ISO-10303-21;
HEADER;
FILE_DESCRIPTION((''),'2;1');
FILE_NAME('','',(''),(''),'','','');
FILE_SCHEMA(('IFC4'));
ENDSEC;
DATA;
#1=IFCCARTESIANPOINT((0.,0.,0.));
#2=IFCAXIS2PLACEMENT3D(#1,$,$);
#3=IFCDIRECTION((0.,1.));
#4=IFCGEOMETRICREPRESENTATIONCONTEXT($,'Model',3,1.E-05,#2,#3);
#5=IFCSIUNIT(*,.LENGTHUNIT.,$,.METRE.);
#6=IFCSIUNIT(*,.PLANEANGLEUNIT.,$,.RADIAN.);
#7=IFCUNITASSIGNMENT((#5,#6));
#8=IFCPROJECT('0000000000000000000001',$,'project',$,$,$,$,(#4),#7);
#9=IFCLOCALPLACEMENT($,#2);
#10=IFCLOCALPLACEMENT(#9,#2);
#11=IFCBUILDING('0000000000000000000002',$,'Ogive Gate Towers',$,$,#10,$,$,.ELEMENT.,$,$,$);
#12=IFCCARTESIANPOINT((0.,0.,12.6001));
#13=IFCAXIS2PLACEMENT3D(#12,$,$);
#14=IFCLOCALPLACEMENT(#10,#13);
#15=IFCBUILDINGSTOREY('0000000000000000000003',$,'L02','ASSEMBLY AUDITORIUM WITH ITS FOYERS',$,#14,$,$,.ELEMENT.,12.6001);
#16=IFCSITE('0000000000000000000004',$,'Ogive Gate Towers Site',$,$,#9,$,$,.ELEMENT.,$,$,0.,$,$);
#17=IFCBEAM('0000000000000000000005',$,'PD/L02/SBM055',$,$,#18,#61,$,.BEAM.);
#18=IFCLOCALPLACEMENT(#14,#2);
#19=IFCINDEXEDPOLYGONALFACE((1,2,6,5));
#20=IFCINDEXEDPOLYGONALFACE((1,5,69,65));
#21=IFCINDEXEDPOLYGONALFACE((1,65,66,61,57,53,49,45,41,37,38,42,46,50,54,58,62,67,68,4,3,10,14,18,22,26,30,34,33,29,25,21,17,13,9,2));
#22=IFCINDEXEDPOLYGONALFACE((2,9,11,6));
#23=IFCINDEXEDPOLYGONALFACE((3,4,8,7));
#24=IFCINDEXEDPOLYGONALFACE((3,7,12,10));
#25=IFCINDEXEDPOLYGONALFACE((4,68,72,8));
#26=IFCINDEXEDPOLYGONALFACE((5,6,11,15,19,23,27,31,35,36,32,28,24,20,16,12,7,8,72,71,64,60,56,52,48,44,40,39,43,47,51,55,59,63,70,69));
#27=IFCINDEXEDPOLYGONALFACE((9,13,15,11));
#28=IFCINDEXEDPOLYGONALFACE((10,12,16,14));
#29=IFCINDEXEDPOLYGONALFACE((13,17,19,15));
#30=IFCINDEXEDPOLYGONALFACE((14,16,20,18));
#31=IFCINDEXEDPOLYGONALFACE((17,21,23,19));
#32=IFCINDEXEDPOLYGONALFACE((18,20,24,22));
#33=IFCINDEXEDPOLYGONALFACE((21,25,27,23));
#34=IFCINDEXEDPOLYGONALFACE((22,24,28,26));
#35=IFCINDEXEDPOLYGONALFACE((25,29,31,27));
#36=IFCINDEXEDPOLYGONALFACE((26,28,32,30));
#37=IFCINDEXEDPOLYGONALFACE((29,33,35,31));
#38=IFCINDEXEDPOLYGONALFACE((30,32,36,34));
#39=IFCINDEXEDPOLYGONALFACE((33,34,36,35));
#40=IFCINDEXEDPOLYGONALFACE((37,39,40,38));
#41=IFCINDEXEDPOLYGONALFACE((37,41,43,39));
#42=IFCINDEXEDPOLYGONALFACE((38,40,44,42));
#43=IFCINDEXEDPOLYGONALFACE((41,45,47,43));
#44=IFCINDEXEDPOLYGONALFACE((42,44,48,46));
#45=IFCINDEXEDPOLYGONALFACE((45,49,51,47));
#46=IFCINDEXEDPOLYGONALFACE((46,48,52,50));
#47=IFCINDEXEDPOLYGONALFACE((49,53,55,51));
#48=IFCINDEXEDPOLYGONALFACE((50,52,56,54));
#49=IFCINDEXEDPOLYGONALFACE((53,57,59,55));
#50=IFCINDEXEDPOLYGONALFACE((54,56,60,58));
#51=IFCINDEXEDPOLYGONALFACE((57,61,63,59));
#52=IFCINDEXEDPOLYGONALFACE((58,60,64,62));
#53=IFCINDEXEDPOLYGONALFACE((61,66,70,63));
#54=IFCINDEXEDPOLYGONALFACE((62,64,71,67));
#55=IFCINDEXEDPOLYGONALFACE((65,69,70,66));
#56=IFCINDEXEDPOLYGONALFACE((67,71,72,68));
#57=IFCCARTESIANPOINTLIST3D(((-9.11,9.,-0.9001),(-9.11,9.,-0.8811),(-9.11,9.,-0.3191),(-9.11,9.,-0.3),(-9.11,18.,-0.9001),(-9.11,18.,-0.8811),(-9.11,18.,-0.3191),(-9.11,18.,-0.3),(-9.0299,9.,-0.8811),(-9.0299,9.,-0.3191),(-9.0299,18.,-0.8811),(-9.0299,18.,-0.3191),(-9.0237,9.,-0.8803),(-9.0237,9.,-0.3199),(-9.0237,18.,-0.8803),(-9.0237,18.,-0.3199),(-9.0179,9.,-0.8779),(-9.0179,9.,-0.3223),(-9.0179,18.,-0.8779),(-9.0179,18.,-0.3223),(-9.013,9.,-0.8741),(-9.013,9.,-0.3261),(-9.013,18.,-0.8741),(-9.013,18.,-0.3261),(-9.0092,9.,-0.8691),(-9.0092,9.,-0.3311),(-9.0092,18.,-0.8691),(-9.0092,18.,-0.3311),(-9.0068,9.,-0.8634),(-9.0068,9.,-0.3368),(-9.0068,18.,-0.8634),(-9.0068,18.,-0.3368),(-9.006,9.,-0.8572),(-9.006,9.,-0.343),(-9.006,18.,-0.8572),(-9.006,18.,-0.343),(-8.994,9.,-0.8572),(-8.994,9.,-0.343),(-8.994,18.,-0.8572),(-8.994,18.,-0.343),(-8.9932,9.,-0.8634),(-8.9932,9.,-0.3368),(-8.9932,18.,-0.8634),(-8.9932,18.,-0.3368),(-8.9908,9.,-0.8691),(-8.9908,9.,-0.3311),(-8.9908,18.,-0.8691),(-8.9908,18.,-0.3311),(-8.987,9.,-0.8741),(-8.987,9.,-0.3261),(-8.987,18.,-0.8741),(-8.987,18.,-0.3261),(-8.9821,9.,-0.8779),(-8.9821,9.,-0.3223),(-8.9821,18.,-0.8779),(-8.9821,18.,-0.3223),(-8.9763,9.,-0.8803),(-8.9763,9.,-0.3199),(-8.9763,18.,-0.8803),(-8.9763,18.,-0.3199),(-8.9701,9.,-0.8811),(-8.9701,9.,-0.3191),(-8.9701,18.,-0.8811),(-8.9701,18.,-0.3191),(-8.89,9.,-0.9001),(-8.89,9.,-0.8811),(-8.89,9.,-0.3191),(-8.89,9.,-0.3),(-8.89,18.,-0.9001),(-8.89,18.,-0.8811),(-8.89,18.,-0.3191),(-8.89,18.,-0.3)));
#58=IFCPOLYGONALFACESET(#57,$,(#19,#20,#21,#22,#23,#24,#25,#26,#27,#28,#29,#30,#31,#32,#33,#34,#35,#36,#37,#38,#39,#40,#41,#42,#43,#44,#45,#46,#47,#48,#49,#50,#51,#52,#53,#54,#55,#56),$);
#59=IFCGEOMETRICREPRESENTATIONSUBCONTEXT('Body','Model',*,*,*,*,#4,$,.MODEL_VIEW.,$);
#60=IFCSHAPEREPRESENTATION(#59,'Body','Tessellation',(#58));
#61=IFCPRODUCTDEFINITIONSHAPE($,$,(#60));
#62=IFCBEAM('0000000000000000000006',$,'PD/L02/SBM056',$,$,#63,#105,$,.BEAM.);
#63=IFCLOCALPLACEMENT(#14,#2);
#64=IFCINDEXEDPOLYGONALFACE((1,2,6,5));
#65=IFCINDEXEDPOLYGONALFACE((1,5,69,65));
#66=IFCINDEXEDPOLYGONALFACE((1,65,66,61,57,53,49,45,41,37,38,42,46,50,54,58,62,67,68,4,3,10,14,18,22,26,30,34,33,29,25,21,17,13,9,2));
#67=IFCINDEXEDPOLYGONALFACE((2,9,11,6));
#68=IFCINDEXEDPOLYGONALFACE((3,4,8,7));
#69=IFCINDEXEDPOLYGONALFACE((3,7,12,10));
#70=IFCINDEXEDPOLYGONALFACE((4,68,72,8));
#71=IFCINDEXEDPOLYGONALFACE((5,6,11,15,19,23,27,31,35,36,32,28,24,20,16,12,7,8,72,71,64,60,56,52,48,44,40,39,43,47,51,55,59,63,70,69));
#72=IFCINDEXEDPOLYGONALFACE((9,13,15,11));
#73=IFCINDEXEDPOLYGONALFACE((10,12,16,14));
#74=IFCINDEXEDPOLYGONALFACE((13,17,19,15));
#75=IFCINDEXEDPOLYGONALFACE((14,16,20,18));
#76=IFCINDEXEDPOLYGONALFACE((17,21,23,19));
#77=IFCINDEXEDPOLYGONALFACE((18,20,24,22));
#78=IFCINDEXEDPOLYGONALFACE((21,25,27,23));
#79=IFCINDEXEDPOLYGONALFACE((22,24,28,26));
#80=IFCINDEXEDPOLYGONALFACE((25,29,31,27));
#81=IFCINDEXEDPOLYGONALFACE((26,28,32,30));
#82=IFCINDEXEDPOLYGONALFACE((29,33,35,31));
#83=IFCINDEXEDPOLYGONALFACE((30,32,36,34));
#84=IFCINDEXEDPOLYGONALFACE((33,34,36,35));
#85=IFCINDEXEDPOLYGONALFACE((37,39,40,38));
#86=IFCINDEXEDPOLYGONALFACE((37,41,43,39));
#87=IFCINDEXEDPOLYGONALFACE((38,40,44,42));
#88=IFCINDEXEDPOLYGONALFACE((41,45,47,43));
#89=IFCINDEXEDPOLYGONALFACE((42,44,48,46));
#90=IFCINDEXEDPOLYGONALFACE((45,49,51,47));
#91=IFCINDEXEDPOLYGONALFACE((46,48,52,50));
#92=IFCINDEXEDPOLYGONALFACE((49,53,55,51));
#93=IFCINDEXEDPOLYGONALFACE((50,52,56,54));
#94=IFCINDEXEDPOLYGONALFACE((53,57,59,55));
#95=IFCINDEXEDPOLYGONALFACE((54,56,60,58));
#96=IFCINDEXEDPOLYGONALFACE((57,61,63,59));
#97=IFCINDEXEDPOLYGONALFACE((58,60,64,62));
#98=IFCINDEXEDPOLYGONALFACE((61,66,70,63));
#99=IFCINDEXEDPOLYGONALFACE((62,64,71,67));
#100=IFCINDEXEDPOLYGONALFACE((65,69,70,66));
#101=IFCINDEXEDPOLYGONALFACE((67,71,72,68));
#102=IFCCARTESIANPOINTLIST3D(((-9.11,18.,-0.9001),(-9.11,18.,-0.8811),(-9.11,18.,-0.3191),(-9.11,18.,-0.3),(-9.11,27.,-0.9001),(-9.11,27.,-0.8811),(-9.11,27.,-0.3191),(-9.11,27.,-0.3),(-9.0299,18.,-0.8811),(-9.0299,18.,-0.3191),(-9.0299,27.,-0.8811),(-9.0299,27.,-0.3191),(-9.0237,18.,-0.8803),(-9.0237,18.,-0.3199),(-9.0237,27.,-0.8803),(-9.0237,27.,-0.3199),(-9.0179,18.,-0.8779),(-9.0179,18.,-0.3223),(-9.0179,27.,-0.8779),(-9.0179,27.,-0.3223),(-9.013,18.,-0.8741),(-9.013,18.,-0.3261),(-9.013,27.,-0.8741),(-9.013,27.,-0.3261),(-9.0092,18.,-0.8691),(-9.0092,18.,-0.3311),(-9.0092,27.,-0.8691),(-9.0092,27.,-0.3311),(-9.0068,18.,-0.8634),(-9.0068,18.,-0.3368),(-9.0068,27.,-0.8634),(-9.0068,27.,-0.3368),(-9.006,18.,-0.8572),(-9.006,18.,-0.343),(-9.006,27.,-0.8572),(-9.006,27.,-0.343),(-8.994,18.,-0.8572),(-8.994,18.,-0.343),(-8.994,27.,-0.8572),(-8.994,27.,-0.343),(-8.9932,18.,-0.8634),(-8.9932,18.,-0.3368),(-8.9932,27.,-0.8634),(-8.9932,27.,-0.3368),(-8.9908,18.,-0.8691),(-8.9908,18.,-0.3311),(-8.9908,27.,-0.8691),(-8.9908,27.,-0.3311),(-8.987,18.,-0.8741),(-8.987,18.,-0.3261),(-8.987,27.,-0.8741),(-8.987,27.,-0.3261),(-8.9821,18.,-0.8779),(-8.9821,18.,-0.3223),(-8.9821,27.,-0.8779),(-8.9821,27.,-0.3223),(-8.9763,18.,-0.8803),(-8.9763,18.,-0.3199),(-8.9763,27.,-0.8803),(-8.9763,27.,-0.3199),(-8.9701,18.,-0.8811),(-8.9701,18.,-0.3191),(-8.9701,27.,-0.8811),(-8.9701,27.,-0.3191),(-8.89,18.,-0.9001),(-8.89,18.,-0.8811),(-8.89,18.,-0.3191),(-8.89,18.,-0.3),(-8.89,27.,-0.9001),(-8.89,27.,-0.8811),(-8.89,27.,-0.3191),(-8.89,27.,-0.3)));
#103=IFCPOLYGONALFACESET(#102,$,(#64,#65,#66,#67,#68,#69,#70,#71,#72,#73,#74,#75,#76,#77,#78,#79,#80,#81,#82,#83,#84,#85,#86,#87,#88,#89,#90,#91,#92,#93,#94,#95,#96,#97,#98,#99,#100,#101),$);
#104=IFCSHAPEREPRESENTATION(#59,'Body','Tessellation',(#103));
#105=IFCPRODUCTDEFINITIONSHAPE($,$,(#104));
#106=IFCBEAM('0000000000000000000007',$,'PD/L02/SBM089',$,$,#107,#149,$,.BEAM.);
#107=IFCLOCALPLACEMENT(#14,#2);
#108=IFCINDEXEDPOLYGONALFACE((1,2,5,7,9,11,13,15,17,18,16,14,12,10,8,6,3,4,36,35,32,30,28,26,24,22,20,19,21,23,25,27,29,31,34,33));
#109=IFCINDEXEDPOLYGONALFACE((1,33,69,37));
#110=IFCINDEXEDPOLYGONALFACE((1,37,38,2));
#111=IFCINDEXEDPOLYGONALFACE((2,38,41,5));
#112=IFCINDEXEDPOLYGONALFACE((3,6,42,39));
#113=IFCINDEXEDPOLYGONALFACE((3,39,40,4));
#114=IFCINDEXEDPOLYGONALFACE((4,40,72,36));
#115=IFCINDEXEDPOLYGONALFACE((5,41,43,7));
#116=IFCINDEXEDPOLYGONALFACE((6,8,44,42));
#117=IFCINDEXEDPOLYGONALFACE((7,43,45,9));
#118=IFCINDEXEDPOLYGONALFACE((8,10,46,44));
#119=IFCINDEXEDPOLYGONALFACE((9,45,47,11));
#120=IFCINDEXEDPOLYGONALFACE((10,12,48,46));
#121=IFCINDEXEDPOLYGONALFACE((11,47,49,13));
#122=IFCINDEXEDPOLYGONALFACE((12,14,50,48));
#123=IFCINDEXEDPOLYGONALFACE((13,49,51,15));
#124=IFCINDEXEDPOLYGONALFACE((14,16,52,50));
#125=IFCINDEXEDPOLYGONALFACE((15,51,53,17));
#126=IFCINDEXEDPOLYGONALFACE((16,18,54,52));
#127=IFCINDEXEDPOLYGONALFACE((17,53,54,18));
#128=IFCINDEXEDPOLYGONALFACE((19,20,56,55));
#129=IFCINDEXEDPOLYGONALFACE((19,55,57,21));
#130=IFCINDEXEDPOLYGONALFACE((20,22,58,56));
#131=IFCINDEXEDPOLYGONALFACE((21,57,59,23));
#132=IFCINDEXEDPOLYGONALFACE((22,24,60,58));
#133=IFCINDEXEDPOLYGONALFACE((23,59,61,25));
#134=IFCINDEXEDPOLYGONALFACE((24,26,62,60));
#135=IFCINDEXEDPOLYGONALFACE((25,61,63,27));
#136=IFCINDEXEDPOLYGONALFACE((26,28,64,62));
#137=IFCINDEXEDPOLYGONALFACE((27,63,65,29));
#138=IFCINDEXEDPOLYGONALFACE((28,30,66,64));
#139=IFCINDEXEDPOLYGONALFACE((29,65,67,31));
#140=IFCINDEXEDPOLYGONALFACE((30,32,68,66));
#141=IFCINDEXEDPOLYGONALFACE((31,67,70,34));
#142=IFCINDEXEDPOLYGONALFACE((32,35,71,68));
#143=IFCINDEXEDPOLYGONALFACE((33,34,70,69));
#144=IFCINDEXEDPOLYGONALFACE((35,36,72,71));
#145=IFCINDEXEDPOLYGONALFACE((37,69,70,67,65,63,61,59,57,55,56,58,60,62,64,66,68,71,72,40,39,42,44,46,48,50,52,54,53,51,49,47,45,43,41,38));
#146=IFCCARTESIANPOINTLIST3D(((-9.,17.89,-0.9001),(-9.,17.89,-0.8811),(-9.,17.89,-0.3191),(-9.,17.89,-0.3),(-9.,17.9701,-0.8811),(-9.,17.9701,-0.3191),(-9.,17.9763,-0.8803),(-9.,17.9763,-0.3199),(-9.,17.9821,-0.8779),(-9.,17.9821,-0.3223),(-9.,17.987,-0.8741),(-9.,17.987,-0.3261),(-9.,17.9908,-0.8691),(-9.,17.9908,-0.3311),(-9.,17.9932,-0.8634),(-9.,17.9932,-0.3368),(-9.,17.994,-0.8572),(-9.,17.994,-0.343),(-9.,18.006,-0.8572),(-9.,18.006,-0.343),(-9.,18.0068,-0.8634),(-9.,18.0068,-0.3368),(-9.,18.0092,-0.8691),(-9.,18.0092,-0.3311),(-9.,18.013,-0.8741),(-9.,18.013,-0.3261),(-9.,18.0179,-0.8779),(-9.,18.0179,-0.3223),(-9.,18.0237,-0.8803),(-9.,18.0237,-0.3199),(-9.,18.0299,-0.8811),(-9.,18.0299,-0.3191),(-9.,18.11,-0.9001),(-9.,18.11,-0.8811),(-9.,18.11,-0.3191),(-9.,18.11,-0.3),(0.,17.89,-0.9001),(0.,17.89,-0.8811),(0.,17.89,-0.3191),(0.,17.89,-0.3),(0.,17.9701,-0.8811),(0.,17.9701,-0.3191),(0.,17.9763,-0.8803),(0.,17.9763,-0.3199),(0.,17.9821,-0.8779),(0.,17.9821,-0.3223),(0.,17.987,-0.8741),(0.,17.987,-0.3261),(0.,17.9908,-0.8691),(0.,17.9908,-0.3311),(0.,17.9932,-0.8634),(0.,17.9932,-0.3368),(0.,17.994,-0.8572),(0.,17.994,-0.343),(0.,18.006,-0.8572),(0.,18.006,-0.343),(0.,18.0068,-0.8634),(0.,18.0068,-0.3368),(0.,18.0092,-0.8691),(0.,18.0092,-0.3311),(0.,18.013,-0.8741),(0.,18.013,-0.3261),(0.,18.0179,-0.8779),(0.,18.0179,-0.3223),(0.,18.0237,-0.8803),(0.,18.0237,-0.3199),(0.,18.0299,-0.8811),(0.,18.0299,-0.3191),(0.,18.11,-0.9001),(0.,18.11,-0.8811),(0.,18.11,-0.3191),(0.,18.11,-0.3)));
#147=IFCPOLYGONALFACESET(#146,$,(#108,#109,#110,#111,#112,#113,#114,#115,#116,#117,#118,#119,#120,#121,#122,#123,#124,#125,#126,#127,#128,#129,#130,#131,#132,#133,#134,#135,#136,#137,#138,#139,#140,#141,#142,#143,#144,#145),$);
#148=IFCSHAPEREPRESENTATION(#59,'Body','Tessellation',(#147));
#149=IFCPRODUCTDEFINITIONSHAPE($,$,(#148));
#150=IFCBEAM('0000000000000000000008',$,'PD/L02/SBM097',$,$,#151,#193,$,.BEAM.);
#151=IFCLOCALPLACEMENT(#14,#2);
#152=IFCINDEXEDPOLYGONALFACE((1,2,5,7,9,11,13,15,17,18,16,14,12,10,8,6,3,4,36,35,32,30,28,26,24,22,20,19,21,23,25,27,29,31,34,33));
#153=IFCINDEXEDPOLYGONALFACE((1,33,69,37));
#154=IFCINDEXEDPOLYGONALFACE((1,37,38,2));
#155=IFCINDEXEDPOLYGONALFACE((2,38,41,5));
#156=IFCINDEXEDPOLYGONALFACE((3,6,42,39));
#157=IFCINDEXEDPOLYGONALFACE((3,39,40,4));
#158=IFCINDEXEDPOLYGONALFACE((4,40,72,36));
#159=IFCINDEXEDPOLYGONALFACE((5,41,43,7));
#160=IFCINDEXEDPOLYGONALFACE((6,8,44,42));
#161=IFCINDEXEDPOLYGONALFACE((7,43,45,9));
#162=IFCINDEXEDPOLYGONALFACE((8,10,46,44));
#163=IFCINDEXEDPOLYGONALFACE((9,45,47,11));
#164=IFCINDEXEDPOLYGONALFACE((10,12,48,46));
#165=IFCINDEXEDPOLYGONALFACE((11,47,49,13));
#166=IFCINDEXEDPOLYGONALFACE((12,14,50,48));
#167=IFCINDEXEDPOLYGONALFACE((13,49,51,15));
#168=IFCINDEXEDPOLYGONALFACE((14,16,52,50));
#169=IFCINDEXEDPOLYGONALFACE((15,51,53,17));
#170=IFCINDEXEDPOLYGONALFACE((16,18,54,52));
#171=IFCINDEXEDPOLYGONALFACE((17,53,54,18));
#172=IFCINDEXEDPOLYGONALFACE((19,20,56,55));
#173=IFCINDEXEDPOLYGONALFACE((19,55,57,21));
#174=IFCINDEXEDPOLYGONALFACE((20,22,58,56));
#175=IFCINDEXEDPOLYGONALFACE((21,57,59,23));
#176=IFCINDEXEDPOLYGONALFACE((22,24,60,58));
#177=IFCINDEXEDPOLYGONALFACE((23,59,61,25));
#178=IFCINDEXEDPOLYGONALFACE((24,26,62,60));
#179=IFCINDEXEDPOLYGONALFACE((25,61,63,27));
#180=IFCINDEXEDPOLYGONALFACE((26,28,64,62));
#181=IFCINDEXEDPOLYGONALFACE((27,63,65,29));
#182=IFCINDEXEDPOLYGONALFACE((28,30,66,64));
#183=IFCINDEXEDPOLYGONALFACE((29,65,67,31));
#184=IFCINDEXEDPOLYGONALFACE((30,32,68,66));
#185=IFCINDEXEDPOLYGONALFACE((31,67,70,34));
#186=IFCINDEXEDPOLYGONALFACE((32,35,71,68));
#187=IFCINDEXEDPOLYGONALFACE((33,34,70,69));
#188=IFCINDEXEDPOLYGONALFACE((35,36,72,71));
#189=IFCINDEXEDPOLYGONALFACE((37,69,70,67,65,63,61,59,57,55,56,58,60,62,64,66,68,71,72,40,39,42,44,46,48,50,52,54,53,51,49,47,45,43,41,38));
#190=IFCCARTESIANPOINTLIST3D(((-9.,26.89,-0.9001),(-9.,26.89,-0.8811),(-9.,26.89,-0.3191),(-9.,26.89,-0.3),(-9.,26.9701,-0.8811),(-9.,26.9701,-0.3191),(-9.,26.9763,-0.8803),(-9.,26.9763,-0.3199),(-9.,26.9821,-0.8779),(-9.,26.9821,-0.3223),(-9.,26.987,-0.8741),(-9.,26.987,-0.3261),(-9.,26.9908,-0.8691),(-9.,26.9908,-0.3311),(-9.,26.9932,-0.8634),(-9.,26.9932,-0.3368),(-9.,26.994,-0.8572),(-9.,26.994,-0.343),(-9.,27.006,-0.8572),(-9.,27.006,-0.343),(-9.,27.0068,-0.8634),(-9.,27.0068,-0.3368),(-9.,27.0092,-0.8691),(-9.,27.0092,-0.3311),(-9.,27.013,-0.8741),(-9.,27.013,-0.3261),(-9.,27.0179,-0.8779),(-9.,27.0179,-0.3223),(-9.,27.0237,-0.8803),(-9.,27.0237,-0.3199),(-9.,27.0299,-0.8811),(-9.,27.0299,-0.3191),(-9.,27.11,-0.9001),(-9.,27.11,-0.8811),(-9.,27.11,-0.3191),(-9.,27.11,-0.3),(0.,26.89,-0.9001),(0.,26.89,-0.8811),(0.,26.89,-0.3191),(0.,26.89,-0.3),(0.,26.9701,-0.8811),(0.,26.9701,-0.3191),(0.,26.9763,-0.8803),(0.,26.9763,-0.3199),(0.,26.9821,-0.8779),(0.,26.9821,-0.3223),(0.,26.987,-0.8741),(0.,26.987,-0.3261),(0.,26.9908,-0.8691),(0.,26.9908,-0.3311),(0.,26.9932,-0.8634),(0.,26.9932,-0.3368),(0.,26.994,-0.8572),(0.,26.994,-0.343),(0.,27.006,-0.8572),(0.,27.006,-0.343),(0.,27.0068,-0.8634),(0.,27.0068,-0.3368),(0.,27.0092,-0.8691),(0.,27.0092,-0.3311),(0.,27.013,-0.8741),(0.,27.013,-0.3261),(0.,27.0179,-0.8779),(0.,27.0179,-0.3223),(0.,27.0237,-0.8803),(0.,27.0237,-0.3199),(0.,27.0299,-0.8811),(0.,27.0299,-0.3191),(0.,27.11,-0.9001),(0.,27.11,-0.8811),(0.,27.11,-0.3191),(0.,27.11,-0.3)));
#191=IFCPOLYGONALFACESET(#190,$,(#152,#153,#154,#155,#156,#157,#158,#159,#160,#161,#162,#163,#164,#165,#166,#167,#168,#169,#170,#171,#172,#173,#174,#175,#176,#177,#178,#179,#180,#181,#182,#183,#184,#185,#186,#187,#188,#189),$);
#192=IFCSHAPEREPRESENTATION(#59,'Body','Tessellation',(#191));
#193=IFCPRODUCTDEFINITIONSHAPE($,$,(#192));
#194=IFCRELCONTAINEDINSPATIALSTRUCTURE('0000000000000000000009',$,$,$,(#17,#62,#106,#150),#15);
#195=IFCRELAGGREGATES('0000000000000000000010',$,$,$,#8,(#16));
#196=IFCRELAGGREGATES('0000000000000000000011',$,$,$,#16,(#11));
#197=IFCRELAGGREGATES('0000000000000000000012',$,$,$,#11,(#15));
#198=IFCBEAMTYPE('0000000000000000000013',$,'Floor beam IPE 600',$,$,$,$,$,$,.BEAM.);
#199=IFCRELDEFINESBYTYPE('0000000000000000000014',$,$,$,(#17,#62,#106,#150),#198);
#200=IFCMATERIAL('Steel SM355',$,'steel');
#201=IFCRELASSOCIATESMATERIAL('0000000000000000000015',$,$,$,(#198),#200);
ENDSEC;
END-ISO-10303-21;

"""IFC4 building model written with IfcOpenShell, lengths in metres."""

from ifc_helpers import new_model, si_unit, direction, frame, origin, origin_2d, place, context, subcontext, project, spatial, i_section, extrude, material, material_profile, profile_set, type_object, element, save


model = new_model("IFC4")

# Units and contexts
model_context = context("Model", 3, precision=1e-05, world=origin(), true_north=direction((0.0, 1.0)))
body_context = subcontext(model_context, "Body", "Model", "MODEL_VIEW")
ifc_project = project(units=[si_unit("LENGTHUNIT", "METRE"), si_unit("PLANEANGLEUNIT", "RADIAN")], contexts=[model_context])

# Site, building, storey
site_placement = place(None, origin())
site = spatial("IfcSite", under=ifc_project, at=site_placement, Name="Ogive Gate Towers Site", CompositionType="ELEMENT", RefElevation=0.0)
building_placement = place(site_placement, origin())
building = spatial("IfcBuilding", under=site, at=building_placement, Name="Ogive Gate Towers", CompositionType="ELEMENT")
storey_placement = place(building_placement, frame((0.0, 0.0, 12.6001)))
storey = spatial("IfcBuildingStorey", under=building, at=storey_placement, Name="L02", Description="ASSEMBLY AUDITORIUM WITH ITS FOYERS", CompositionType="ELEMENT", Elevation=12.6001)

# Beams
ifc_material_1 = material(Name="Steel SM355", Category="steel")
ifc_material_profile_1 = material_profile(ifc_material_1, i_section(OverallWidth=0.22, OverallDepth=0.6001, WebThickness=0.012, FlangeThickness=0.019, FilletRadius=0.0239, at=origin_2d()), Name="IPE 600")
ifc_profile_set_1 = profile_set([ifc_material_profile_1], Name="Steel SM355")
beam_type_1 = type_object("IfcBeamType", Name="Floor beam IPE 600", PredefinedType="BEAM", material=ifc_profile_set_1)
for number, where, z_axis, x_axis, name in (
    (1, (-9.0, 9.0, -0.6001), (0.0, 1.0, 0.0), (-1.0, 0.0, 0.0), "PD/L02/SBM055"),
    (2, (-9.0, 18.0, -0.6001), (0.0, 1.0, 0.0), (-1.0, 0.0, 0.0), "PD/L02/SBM056"),
    (3, (-9.0, 18.0, -0.6001), (1.0, 0.0, 0.0), (0.0, 1.0, 0.0), "PD/L02/SBM089"),
    (4, (-9.0, 27.0, -0.6001), (1.0, 0.0, 0.0), (0.0, 1.0, 0.0), "PD/L02/SBM097"),
):
    element("IfcBeam", number, at=place(storey_placement, frame(where, z_axis=z_axis, x_axis=x_axis)), inside=storey, type_object=beam_type_1, Name=name, PredefinedType="BEAM", context=body_context, shape_type="SweptSolid", body=[
        extrude(i_section(OverallWidth=0.22, OverallDepth=0.6001, WebThickness=0.012, FlangeThickness=0.019, FilletRadius=0.0239, at=origin_2d()), origin(), (0.0, 0.0, 1.0), 9.0),
    ])

save(model, "model.ifc")
